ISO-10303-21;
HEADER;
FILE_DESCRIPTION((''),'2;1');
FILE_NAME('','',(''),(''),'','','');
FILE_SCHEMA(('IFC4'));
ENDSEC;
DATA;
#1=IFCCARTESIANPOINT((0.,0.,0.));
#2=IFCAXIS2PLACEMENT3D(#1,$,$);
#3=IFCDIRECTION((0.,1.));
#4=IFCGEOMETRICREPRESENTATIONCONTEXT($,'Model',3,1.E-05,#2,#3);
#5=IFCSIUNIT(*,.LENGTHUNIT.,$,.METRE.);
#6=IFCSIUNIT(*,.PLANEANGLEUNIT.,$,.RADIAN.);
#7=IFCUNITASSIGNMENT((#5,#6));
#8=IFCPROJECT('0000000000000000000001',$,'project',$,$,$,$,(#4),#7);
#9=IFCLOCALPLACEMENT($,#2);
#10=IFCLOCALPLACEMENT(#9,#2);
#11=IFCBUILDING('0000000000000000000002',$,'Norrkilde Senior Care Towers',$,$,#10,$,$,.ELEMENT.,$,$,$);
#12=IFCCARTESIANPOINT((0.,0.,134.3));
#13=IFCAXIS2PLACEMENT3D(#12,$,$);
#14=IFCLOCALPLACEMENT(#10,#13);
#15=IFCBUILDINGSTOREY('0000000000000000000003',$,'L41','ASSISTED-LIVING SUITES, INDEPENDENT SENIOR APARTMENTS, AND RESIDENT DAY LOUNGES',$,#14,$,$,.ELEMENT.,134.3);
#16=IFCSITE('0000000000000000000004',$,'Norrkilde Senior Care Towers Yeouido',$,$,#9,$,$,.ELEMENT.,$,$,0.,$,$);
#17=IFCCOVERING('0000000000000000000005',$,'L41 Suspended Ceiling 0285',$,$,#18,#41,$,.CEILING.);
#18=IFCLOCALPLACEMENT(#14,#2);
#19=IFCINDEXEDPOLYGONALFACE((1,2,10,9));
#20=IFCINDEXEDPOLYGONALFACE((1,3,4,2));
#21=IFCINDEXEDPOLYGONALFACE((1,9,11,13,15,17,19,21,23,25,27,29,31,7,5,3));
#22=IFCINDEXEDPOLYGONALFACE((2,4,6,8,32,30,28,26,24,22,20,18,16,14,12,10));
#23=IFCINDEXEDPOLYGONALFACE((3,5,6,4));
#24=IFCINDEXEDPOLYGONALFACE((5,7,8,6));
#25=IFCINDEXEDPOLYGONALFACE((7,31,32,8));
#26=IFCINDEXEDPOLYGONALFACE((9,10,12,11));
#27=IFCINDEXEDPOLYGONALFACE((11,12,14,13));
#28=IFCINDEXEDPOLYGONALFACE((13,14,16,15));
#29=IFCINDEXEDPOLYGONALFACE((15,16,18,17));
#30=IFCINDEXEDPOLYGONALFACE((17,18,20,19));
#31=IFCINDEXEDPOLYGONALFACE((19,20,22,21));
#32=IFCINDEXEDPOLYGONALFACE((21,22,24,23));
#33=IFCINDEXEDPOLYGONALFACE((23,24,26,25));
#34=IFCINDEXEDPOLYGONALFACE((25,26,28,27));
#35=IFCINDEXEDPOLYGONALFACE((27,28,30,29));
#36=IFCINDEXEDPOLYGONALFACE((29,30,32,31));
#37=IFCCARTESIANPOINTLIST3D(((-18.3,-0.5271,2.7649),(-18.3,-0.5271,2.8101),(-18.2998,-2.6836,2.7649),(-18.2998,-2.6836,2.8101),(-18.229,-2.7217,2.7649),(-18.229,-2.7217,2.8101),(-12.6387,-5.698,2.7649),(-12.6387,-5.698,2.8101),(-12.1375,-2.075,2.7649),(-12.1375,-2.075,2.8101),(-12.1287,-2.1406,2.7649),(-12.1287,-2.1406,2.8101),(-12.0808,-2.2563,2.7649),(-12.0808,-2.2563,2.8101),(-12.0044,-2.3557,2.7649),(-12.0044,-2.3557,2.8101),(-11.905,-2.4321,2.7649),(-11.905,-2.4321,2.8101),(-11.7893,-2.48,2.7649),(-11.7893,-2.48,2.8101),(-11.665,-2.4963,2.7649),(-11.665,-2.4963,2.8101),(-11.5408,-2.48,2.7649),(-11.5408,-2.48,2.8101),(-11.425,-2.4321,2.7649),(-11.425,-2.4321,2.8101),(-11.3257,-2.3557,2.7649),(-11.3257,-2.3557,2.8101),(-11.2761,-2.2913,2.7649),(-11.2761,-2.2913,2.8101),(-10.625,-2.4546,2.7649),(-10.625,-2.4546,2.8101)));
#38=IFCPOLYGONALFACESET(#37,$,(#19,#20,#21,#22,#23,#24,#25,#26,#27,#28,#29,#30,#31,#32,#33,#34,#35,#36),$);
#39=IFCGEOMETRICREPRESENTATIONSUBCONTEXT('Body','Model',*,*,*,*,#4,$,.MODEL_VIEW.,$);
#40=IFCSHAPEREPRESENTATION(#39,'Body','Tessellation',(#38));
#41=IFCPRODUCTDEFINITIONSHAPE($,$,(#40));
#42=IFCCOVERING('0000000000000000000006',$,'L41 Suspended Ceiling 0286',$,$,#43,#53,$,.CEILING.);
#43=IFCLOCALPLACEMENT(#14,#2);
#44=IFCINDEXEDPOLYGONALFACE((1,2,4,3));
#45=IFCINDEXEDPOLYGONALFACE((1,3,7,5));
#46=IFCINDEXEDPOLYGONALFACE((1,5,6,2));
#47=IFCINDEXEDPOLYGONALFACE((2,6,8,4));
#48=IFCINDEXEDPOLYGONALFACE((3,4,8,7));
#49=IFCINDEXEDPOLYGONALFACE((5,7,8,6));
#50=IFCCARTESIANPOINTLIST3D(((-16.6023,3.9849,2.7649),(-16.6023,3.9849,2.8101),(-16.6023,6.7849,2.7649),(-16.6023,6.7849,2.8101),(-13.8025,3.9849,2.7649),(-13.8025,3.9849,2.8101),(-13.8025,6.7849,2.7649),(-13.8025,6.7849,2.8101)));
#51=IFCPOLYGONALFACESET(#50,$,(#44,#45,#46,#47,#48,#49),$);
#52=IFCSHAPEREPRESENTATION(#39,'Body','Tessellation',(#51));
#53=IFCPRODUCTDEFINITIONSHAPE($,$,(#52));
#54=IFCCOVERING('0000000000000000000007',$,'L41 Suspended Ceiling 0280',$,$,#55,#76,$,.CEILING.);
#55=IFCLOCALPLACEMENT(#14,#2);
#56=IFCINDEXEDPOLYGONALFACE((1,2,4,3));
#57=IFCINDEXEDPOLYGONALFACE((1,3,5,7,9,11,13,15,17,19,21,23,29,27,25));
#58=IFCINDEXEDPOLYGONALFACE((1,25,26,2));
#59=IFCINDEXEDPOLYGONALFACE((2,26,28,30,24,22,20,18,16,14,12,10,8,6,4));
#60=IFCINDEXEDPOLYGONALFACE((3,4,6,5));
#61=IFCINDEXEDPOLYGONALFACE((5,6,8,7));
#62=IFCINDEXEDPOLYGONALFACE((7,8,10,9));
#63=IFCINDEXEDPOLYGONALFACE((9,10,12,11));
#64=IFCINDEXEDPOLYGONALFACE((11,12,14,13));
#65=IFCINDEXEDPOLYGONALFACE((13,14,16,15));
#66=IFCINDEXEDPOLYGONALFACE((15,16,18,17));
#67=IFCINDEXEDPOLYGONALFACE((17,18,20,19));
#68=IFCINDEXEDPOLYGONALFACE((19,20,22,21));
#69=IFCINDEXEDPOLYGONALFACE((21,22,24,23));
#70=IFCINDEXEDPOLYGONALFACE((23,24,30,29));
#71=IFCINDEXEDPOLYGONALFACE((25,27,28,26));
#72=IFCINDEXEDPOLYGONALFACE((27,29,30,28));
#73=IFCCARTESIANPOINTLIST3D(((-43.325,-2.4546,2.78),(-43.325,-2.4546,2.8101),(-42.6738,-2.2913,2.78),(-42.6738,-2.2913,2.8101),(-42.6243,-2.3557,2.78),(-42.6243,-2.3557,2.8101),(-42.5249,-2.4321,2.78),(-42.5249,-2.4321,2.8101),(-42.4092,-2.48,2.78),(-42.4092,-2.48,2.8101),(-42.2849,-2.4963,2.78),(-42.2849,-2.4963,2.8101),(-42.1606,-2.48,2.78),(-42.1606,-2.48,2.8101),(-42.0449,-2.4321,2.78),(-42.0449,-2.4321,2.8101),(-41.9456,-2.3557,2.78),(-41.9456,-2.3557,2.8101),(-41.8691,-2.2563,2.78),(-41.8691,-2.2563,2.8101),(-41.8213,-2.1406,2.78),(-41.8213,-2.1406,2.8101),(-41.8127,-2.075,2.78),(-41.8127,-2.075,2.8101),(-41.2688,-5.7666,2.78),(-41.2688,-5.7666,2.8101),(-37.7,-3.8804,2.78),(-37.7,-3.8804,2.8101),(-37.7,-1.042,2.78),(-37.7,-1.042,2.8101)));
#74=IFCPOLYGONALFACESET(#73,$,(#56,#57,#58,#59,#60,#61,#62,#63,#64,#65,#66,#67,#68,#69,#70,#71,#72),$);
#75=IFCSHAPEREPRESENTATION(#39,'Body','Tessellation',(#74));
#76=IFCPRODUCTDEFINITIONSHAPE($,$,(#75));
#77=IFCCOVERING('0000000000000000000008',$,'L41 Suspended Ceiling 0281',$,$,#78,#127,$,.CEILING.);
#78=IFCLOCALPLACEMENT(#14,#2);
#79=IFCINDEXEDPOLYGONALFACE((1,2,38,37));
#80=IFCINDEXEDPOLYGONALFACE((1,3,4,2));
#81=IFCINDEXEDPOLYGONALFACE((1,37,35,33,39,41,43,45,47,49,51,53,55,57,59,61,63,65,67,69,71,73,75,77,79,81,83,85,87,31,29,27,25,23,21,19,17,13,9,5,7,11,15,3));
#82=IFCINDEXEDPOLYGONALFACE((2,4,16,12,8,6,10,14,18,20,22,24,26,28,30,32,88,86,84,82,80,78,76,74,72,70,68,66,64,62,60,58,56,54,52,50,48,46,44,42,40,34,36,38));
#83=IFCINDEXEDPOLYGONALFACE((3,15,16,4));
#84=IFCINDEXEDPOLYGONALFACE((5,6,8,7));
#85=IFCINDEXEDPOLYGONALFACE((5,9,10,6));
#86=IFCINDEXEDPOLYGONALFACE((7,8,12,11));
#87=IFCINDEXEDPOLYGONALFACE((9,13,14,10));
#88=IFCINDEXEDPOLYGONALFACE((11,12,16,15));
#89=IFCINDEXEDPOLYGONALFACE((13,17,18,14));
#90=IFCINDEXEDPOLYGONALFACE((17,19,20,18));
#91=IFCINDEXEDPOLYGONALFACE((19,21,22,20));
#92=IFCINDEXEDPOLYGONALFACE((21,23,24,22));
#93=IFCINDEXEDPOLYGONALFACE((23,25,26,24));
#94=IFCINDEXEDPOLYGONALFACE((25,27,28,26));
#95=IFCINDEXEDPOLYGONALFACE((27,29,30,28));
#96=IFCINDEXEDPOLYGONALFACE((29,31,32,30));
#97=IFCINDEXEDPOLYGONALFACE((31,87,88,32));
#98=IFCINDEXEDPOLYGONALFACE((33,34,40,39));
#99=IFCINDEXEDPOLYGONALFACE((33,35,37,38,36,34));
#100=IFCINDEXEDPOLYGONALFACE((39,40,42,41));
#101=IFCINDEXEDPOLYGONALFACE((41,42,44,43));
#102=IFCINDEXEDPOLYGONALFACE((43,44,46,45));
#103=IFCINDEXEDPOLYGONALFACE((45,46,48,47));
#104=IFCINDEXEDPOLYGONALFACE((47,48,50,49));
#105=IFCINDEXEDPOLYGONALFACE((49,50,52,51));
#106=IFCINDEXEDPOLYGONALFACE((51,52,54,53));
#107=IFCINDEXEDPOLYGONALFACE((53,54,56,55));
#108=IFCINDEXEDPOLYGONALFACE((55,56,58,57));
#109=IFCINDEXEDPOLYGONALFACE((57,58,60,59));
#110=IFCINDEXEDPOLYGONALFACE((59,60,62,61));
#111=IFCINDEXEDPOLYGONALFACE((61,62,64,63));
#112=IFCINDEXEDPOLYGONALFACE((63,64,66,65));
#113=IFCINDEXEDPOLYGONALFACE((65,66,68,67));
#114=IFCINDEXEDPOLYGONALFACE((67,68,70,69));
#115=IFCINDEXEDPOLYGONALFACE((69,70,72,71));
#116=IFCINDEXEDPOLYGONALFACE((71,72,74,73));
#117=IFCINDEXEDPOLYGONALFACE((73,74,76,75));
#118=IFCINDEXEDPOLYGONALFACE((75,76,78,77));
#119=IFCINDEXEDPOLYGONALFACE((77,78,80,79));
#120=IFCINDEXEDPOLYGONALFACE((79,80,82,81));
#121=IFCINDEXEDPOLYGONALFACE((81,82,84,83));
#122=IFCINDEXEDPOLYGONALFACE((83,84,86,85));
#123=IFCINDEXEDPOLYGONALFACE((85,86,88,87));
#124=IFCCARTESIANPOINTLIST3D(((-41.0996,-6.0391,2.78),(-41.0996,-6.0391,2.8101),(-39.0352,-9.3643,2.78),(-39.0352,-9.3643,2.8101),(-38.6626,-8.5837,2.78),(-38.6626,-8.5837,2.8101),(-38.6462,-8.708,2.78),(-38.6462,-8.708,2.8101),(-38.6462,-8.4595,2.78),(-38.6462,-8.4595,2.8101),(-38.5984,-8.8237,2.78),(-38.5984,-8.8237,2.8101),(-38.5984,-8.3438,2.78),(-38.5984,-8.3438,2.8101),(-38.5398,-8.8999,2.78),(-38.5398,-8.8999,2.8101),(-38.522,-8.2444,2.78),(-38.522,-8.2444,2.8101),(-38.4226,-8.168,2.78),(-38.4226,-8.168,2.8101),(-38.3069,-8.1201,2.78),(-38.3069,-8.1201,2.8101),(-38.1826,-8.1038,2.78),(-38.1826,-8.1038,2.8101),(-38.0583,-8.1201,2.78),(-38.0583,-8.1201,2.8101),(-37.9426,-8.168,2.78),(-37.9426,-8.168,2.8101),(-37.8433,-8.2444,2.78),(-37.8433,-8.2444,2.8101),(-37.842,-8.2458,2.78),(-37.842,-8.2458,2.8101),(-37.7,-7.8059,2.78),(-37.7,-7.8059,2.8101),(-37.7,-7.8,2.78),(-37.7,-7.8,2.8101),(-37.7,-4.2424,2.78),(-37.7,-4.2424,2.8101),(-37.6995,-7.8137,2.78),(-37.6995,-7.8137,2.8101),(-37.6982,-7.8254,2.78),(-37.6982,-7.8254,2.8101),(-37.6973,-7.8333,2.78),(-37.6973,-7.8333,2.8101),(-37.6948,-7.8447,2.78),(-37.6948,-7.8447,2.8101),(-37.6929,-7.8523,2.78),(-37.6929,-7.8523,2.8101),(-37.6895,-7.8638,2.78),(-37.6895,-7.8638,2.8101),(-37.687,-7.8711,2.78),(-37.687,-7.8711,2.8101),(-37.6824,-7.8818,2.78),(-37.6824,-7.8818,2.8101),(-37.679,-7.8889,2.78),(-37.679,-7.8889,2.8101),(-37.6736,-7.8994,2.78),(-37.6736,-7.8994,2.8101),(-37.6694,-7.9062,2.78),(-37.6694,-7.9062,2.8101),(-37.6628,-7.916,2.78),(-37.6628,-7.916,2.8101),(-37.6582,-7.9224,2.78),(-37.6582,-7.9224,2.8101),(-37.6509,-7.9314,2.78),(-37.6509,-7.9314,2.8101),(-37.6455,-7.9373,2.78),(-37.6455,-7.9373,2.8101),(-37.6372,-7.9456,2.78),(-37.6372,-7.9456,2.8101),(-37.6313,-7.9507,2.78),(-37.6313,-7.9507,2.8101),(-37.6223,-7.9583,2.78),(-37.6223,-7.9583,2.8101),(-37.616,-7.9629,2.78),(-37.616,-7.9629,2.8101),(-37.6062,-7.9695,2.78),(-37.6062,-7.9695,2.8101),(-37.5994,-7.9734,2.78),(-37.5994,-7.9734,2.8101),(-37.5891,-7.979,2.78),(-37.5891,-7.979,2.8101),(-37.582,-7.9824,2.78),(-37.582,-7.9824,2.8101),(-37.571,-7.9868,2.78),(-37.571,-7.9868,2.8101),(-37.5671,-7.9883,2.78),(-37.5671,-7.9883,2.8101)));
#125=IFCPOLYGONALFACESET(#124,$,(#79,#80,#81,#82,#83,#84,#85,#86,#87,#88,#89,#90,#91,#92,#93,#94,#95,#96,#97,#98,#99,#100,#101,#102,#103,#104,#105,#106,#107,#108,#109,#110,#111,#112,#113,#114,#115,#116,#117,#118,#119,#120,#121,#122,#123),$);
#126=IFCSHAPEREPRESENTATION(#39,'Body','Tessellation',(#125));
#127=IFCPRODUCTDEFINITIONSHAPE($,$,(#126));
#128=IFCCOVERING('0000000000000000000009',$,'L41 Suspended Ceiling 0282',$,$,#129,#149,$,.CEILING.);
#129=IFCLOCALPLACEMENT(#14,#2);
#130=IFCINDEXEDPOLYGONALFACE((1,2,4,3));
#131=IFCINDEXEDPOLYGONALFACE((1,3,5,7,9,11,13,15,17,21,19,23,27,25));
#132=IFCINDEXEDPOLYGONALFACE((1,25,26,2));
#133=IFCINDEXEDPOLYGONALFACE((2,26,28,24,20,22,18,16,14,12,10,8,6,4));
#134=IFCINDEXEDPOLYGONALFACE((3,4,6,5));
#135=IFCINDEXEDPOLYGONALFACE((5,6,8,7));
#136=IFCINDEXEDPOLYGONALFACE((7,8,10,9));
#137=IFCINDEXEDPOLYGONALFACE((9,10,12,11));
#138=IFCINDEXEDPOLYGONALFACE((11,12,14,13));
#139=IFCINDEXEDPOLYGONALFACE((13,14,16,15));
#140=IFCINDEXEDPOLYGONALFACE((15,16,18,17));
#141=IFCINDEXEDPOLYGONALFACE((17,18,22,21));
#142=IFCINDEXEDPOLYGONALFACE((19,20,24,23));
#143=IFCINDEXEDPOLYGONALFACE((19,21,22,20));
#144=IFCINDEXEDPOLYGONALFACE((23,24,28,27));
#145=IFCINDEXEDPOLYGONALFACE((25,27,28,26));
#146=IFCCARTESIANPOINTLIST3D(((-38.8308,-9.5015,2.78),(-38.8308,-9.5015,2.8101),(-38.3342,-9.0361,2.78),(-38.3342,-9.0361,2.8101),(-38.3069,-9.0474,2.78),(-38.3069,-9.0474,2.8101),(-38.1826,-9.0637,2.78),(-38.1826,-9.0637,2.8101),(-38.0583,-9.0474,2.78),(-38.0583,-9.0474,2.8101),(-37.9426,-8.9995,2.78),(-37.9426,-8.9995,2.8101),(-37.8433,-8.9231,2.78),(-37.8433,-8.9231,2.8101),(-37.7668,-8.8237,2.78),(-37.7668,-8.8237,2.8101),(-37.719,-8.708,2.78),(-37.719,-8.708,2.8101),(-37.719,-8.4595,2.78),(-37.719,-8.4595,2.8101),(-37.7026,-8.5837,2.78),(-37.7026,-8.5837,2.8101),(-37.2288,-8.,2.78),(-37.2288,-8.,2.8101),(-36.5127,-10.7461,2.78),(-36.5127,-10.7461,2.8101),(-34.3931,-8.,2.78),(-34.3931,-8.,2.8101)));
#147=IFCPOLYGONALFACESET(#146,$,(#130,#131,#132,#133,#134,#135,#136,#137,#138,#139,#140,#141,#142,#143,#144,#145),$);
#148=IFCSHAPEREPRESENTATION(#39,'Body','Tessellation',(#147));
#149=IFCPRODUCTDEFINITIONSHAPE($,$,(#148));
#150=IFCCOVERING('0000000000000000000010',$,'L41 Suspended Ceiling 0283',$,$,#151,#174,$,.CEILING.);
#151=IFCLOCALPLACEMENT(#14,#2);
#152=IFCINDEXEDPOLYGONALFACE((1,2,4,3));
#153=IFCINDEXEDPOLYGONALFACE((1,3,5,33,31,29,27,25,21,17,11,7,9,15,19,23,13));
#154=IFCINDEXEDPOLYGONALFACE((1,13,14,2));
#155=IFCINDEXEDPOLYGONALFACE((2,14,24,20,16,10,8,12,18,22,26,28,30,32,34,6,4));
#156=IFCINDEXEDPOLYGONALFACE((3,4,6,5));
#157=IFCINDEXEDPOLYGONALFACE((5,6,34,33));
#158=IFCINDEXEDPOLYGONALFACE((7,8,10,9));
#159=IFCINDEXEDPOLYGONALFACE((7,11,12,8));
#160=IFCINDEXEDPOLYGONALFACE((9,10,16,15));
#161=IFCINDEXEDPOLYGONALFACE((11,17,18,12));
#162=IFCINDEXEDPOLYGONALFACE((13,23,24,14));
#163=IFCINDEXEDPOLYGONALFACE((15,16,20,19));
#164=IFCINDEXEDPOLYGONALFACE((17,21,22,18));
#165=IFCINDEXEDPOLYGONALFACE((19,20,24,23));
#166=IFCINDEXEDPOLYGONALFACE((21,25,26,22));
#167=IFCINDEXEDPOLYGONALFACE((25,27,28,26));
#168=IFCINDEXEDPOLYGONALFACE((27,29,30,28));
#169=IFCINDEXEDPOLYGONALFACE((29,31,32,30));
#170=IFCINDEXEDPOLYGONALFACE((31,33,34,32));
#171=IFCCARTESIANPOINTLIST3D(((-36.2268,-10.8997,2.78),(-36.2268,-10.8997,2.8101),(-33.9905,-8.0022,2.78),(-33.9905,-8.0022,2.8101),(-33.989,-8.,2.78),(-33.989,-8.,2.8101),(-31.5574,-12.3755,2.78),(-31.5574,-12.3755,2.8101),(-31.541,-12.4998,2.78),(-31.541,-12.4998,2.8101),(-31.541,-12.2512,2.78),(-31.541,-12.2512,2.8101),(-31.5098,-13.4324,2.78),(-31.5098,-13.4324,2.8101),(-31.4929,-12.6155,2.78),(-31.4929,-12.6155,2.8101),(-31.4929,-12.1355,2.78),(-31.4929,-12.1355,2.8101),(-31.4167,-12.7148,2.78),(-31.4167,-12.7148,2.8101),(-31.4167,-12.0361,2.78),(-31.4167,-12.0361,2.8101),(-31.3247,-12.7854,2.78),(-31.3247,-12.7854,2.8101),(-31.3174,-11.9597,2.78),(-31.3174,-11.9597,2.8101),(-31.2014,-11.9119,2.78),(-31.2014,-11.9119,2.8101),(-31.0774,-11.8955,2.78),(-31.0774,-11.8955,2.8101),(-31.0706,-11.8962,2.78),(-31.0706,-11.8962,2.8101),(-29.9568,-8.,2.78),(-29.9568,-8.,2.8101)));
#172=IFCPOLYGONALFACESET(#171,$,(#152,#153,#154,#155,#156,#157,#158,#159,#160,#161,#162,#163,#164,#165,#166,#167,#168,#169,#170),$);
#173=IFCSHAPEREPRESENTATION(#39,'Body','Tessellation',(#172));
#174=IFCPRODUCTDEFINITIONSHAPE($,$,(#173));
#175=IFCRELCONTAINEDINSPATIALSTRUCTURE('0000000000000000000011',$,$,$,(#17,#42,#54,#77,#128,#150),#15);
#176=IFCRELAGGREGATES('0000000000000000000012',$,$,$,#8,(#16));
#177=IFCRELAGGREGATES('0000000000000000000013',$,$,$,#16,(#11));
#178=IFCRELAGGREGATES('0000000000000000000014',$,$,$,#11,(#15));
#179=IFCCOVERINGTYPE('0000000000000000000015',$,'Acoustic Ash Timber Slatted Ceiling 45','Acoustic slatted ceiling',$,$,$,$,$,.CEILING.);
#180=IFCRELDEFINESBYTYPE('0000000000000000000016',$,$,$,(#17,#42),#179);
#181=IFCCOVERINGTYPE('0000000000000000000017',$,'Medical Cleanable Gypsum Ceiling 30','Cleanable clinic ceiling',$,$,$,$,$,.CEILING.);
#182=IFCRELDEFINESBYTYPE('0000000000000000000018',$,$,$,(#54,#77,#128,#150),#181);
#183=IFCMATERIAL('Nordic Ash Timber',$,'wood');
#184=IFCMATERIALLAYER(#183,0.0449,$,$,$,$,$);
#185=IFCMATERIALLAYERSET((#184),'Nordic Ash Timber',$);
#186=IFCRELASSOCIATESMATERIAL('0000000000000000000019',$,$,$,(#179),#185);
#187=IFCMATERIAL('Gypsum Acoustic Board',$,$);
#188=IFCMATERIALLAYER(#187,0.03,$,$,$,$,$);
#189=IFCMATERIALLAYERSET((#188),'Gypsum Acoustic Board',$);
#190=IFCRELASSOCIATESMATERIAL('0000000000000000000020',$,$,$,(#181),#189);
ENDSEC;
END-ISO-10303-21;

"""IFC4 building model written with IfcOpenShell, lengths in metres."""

from ifc_helpers import new_model, si_unit, direction, frame, origin, place, context, subcontext, project, spatial, polyline, outline, extrude, material, layer, layer_set, type_object, element, save


model = new_model("IFC4")

# Units and contexts
model_context = context("Model", 3, precision=1e-05, world=origin(), true_north=direction((0.0, 1.0)))
body_context = subcontext(model_context, "Body", "Model", "MODEL_VIEW")
ifc_project = project(units=[si_unit("LENGTHUNIT", "METRE"), si_unit("PLANEANGLEUNIT", "RADIAN")], contexts=[model_context])

# Site, building, storey
site_placement = place(None, origin())
site = spatial("IfcSite", under=ifc_project, at=site_placement, Name="Norrkilde Senior Care Towers Yeouido", CompositionType="ELEMENT", RefElevation=0.0)
building_placement = place(site_placement, origin())
building = spatial("IfcBuilding", under=site, at=building_placement, Name="Norrkilde Senior Care Towers", CompositionType="ELEMENT")
storey_placement = place(building_placement, frame((0.0, 0.0, 134.3)))
storey = spatial("IfcBuildingStorey", under=building, at=storey_placement, Name="L41", Description="ASSISTED-LIVING SUITES, INDEPENDENT SENIOR APARTMENTS, AND RESIDENT DAY LOUNGES", CompositionType="ELEMENT", Elevation=134.3)

# Coverings
ifc_material_1 = material(Name="Nordic Ash Timber", Category="wood")
ifc_layer_1 = layer(ifc_material_1, 0.0449)
ifc_layer_set_1 = layer_set([ifc_layer_1], Name="Nordic Ash Timber")
covering_type_1 = type_object("IfcCoveringType", Name="Acoustic Ash Timber Slatted Ceiling 45", Description="Acoustic slatted ceiling", PredefinedType="CEILING", material=ifc_layer_set_1)
covering_1_placement = place(storey_placement, frame((0.0, 0.0, 2.7649)))
element("IfcCovering", 1, at=covering_1_placement, inside=storey, type_object=covering_type_1, Name="L41 Suspended Ceiling 0285", PredefinedType="CEILING", context=body_context, shape_type="SweptSolid", body=[
    extrude(outline(polyline([(-18.3, -0.5271), (-12.1375, -2.075), (-12.1287, -2.1406), (-12.0808, -2.2563), (-12.0044, -2.3557), (-11.905, -2.4321), (-11.7893, -2.48), (-11.665, -2.4963), (-11.5408, -2.48), (-11.425, -2.4321), (-11.3257, -2.3557), (-11.2761, -2.2913), (-10.625, -2.4546), (-12.6387, -5.698), (-18.229, -2.7217), (-18.2998, -2.6836), (-18.3, -0.5271)])), origin(), (0.0, 0.0, 1.0), 0.0452),
])
covering_2_placement = place(storey_placement, frame((0.0, 0.0, 2.7649)))
element("IfcCovering", 2, at=covering_2_placement, inside=storey, type_object=covering_type_1, Name="L41 Suspended Ceiling 0286", PredefinedType="CEILING", context=body_context, shape_type="SweptSolid", body=[
    extrude(outline(polyline([(-16.6023, 3.9849), (-16.6023, 6.7849), (-13.8025, 6.7849), (-13.8025, 3.9849), (-16.6023, 3.9849)])), origin(), (0.0, 0.0, 1.0), 0.0452),
])
ifc_material_2 = material(Name="Gypsum Acoustic Board")
ifc_layer_2 = layer(ifc_material_2, 0.03)
ifc_layer_set_2 = layer_set([ifc_layer_2], Name="Gypsum Acoustic Board")
covering_type_2 = type_object("IfcCoveringType", Name="Medical Cleanable Gypsum Ceiling 30", Description="Cleanable clinic ceiling", PredefinedType="CEILING", material=ifc_layer_set_2)
covering_3_placement = place(storey_placement, frame((0.0, 0.0, 2.78)))
element("IfcCovering", 3, at=covering_3_placement, inside=storey, type_object=covering_type_2, Name="L41 Suspended Ceiling 0280", PredefinedType="CEILING", context=body_context, shape_type="SweptSolid", body=[
    extrude(outline(polyline([(-42.6738, -2.2913), (-42.6243, -2.3557), (-42.5249, -2.4321), (-42.4092, -2.48), (-42.2849, -2.4963), (-42.1606, -2.48), (-42.0449, -2.4321), (-41.9456, -2.3557), (-41.8691, -2.2563), (-41.8213, -2.1406), (-41.8127, -2.075), (-37.7, -1.042), (-37.7, -3.8804), (-41.2688, -5.7666), (-43.325, -2.4546), (-42.6738, -2.2913)])), origin(), (0.0, 0.0, 1.0), 0.03),
])
covering_4_placement = place(storey_placement, frame((0.0, 0.0, 2.78)))
element("IfcCovering", 4, at=covering_4_placement, inside=storey, type_object=covering_type_2, Name="L41 Suspended Ceiling 0281", PredefinedType="CEILING", context=body_context, shape_type="SweptSolid", body=[
    extrude(outline(polyline([(-37.6982, -7.8254), (-37.6973, -7.8333), (-37.6948, -7.8447), (-37.6929, -7.8523), (-37.6895, -7.8638), (-37.687, -7.8711), (-37.6824, -7.8818), (-37.679, -7.8889), (-37.6736, -7.8994), (-37.6694, -7.9062), (-37.6628, -7.916), (-37.6582, -7.9224), (-37.6509, -7.9314), (-37.6455, -7.9373), (-37.6372, -7.9456), (-37.6313, -7.9507), (-37.6223, -7.9583), (-37.616, -7.9629), (-37.6062, -7.9695), (-37.5994, -7.9734), (-37.5891, -7.979), (-37.582, -7.9824), (-37.571, -7.9868), (-37.5671, -7.9883), (-37.842, -8.2458), (-37.8433, -8.2444), (-37.9426, -8.168), (-38.0583, -8.1201), (-38.1826, -8.1038), (-38.3069, -8.1201), (-38.4226, -8.168), (-38.522, -8.2444), (-38.5984, -8.3438), (-38.6462, -8.4595), (-38.6626, -8.5837), (-38.6462, -8.708), (-38.5984, -8.8237), (-38.5398, -8.8999), (-39.0352, -9.3643), (-41.0996, -6.0391), (-37.7, -4.2424), (-37.7, -7.8), (-37.7, -7.8059), (-37.6995, -7.8137), (-37.6982, -7.8254)])), origin(), (0.0, 0.0, 1.0), 0.03),
])
covering_5_placement = place(storey_placement, frame((0.0, 0.0, 2.78)))
element("IfcCovering", 5, at=covering_5_placement, inside=storey, type_object=covering_type_2, Name="L41 Suspended Ceiling 0282", PredefinedType="CEILING", context=body_context, shape_type="SweptSolid", body=[
    extrude(outline(polyline([(-38.3342, -9.0361), (-38.3069, -9.0474), (-38.1826, -9.0637), (-38.0583, -9.0474), (-37.9426, -8.9995), (-37.8433, -8.9231), (-37.7668, -8.8237), (-37.719, -8.708), (-37.7026, -8.5837), (-37.719, -8.4595), (-37.719, -8.4595), (-37.2288, -8.0), (-34.3931, -8.0), (-36.5127, -10.7461), (-38.8308, -9.5015), (-38.3342, -9.0361)])), origin(), (0.0, 0.0, 1.0), 0.03),
])
covering_6_placement = place(storey_placement, frame((0.0, 0.0, 2.78)))
element("IfcCovering", 6, at=covering_6_placement, inside=storey, type_object=covering_type_2, Name="L41 Suspended Ceiling 0283", PredefinedType="CEILING", context=body_context, shape_type="SweptSolid", body=[
    extrude(outline(polyline([(-29.9568, -8.0), (-31.0706, -11.8962), (-31.0774, -11.8955), (-31.2014, -11.9119), (-31.3174, -11.9597), (-31.4167, -12.0361), (-31.4929, -12.1355), (-31.541, -12.2512), (-31.5574, -12.3755), (-31.541, -12.4998), (-31.4929, -12.6155), (-31.4167, -12.7148), (-31.3247, -12.7854), (-31.5098, -13.4324), (-36.2268, -10.8997), (-33.9905, -8.0022), (-33.989, -8.0), (-29.9568, -8.0)])), origin(), (0.0, 0.0, 1.0), 0.03),
])

save(model, "model.ifc")
